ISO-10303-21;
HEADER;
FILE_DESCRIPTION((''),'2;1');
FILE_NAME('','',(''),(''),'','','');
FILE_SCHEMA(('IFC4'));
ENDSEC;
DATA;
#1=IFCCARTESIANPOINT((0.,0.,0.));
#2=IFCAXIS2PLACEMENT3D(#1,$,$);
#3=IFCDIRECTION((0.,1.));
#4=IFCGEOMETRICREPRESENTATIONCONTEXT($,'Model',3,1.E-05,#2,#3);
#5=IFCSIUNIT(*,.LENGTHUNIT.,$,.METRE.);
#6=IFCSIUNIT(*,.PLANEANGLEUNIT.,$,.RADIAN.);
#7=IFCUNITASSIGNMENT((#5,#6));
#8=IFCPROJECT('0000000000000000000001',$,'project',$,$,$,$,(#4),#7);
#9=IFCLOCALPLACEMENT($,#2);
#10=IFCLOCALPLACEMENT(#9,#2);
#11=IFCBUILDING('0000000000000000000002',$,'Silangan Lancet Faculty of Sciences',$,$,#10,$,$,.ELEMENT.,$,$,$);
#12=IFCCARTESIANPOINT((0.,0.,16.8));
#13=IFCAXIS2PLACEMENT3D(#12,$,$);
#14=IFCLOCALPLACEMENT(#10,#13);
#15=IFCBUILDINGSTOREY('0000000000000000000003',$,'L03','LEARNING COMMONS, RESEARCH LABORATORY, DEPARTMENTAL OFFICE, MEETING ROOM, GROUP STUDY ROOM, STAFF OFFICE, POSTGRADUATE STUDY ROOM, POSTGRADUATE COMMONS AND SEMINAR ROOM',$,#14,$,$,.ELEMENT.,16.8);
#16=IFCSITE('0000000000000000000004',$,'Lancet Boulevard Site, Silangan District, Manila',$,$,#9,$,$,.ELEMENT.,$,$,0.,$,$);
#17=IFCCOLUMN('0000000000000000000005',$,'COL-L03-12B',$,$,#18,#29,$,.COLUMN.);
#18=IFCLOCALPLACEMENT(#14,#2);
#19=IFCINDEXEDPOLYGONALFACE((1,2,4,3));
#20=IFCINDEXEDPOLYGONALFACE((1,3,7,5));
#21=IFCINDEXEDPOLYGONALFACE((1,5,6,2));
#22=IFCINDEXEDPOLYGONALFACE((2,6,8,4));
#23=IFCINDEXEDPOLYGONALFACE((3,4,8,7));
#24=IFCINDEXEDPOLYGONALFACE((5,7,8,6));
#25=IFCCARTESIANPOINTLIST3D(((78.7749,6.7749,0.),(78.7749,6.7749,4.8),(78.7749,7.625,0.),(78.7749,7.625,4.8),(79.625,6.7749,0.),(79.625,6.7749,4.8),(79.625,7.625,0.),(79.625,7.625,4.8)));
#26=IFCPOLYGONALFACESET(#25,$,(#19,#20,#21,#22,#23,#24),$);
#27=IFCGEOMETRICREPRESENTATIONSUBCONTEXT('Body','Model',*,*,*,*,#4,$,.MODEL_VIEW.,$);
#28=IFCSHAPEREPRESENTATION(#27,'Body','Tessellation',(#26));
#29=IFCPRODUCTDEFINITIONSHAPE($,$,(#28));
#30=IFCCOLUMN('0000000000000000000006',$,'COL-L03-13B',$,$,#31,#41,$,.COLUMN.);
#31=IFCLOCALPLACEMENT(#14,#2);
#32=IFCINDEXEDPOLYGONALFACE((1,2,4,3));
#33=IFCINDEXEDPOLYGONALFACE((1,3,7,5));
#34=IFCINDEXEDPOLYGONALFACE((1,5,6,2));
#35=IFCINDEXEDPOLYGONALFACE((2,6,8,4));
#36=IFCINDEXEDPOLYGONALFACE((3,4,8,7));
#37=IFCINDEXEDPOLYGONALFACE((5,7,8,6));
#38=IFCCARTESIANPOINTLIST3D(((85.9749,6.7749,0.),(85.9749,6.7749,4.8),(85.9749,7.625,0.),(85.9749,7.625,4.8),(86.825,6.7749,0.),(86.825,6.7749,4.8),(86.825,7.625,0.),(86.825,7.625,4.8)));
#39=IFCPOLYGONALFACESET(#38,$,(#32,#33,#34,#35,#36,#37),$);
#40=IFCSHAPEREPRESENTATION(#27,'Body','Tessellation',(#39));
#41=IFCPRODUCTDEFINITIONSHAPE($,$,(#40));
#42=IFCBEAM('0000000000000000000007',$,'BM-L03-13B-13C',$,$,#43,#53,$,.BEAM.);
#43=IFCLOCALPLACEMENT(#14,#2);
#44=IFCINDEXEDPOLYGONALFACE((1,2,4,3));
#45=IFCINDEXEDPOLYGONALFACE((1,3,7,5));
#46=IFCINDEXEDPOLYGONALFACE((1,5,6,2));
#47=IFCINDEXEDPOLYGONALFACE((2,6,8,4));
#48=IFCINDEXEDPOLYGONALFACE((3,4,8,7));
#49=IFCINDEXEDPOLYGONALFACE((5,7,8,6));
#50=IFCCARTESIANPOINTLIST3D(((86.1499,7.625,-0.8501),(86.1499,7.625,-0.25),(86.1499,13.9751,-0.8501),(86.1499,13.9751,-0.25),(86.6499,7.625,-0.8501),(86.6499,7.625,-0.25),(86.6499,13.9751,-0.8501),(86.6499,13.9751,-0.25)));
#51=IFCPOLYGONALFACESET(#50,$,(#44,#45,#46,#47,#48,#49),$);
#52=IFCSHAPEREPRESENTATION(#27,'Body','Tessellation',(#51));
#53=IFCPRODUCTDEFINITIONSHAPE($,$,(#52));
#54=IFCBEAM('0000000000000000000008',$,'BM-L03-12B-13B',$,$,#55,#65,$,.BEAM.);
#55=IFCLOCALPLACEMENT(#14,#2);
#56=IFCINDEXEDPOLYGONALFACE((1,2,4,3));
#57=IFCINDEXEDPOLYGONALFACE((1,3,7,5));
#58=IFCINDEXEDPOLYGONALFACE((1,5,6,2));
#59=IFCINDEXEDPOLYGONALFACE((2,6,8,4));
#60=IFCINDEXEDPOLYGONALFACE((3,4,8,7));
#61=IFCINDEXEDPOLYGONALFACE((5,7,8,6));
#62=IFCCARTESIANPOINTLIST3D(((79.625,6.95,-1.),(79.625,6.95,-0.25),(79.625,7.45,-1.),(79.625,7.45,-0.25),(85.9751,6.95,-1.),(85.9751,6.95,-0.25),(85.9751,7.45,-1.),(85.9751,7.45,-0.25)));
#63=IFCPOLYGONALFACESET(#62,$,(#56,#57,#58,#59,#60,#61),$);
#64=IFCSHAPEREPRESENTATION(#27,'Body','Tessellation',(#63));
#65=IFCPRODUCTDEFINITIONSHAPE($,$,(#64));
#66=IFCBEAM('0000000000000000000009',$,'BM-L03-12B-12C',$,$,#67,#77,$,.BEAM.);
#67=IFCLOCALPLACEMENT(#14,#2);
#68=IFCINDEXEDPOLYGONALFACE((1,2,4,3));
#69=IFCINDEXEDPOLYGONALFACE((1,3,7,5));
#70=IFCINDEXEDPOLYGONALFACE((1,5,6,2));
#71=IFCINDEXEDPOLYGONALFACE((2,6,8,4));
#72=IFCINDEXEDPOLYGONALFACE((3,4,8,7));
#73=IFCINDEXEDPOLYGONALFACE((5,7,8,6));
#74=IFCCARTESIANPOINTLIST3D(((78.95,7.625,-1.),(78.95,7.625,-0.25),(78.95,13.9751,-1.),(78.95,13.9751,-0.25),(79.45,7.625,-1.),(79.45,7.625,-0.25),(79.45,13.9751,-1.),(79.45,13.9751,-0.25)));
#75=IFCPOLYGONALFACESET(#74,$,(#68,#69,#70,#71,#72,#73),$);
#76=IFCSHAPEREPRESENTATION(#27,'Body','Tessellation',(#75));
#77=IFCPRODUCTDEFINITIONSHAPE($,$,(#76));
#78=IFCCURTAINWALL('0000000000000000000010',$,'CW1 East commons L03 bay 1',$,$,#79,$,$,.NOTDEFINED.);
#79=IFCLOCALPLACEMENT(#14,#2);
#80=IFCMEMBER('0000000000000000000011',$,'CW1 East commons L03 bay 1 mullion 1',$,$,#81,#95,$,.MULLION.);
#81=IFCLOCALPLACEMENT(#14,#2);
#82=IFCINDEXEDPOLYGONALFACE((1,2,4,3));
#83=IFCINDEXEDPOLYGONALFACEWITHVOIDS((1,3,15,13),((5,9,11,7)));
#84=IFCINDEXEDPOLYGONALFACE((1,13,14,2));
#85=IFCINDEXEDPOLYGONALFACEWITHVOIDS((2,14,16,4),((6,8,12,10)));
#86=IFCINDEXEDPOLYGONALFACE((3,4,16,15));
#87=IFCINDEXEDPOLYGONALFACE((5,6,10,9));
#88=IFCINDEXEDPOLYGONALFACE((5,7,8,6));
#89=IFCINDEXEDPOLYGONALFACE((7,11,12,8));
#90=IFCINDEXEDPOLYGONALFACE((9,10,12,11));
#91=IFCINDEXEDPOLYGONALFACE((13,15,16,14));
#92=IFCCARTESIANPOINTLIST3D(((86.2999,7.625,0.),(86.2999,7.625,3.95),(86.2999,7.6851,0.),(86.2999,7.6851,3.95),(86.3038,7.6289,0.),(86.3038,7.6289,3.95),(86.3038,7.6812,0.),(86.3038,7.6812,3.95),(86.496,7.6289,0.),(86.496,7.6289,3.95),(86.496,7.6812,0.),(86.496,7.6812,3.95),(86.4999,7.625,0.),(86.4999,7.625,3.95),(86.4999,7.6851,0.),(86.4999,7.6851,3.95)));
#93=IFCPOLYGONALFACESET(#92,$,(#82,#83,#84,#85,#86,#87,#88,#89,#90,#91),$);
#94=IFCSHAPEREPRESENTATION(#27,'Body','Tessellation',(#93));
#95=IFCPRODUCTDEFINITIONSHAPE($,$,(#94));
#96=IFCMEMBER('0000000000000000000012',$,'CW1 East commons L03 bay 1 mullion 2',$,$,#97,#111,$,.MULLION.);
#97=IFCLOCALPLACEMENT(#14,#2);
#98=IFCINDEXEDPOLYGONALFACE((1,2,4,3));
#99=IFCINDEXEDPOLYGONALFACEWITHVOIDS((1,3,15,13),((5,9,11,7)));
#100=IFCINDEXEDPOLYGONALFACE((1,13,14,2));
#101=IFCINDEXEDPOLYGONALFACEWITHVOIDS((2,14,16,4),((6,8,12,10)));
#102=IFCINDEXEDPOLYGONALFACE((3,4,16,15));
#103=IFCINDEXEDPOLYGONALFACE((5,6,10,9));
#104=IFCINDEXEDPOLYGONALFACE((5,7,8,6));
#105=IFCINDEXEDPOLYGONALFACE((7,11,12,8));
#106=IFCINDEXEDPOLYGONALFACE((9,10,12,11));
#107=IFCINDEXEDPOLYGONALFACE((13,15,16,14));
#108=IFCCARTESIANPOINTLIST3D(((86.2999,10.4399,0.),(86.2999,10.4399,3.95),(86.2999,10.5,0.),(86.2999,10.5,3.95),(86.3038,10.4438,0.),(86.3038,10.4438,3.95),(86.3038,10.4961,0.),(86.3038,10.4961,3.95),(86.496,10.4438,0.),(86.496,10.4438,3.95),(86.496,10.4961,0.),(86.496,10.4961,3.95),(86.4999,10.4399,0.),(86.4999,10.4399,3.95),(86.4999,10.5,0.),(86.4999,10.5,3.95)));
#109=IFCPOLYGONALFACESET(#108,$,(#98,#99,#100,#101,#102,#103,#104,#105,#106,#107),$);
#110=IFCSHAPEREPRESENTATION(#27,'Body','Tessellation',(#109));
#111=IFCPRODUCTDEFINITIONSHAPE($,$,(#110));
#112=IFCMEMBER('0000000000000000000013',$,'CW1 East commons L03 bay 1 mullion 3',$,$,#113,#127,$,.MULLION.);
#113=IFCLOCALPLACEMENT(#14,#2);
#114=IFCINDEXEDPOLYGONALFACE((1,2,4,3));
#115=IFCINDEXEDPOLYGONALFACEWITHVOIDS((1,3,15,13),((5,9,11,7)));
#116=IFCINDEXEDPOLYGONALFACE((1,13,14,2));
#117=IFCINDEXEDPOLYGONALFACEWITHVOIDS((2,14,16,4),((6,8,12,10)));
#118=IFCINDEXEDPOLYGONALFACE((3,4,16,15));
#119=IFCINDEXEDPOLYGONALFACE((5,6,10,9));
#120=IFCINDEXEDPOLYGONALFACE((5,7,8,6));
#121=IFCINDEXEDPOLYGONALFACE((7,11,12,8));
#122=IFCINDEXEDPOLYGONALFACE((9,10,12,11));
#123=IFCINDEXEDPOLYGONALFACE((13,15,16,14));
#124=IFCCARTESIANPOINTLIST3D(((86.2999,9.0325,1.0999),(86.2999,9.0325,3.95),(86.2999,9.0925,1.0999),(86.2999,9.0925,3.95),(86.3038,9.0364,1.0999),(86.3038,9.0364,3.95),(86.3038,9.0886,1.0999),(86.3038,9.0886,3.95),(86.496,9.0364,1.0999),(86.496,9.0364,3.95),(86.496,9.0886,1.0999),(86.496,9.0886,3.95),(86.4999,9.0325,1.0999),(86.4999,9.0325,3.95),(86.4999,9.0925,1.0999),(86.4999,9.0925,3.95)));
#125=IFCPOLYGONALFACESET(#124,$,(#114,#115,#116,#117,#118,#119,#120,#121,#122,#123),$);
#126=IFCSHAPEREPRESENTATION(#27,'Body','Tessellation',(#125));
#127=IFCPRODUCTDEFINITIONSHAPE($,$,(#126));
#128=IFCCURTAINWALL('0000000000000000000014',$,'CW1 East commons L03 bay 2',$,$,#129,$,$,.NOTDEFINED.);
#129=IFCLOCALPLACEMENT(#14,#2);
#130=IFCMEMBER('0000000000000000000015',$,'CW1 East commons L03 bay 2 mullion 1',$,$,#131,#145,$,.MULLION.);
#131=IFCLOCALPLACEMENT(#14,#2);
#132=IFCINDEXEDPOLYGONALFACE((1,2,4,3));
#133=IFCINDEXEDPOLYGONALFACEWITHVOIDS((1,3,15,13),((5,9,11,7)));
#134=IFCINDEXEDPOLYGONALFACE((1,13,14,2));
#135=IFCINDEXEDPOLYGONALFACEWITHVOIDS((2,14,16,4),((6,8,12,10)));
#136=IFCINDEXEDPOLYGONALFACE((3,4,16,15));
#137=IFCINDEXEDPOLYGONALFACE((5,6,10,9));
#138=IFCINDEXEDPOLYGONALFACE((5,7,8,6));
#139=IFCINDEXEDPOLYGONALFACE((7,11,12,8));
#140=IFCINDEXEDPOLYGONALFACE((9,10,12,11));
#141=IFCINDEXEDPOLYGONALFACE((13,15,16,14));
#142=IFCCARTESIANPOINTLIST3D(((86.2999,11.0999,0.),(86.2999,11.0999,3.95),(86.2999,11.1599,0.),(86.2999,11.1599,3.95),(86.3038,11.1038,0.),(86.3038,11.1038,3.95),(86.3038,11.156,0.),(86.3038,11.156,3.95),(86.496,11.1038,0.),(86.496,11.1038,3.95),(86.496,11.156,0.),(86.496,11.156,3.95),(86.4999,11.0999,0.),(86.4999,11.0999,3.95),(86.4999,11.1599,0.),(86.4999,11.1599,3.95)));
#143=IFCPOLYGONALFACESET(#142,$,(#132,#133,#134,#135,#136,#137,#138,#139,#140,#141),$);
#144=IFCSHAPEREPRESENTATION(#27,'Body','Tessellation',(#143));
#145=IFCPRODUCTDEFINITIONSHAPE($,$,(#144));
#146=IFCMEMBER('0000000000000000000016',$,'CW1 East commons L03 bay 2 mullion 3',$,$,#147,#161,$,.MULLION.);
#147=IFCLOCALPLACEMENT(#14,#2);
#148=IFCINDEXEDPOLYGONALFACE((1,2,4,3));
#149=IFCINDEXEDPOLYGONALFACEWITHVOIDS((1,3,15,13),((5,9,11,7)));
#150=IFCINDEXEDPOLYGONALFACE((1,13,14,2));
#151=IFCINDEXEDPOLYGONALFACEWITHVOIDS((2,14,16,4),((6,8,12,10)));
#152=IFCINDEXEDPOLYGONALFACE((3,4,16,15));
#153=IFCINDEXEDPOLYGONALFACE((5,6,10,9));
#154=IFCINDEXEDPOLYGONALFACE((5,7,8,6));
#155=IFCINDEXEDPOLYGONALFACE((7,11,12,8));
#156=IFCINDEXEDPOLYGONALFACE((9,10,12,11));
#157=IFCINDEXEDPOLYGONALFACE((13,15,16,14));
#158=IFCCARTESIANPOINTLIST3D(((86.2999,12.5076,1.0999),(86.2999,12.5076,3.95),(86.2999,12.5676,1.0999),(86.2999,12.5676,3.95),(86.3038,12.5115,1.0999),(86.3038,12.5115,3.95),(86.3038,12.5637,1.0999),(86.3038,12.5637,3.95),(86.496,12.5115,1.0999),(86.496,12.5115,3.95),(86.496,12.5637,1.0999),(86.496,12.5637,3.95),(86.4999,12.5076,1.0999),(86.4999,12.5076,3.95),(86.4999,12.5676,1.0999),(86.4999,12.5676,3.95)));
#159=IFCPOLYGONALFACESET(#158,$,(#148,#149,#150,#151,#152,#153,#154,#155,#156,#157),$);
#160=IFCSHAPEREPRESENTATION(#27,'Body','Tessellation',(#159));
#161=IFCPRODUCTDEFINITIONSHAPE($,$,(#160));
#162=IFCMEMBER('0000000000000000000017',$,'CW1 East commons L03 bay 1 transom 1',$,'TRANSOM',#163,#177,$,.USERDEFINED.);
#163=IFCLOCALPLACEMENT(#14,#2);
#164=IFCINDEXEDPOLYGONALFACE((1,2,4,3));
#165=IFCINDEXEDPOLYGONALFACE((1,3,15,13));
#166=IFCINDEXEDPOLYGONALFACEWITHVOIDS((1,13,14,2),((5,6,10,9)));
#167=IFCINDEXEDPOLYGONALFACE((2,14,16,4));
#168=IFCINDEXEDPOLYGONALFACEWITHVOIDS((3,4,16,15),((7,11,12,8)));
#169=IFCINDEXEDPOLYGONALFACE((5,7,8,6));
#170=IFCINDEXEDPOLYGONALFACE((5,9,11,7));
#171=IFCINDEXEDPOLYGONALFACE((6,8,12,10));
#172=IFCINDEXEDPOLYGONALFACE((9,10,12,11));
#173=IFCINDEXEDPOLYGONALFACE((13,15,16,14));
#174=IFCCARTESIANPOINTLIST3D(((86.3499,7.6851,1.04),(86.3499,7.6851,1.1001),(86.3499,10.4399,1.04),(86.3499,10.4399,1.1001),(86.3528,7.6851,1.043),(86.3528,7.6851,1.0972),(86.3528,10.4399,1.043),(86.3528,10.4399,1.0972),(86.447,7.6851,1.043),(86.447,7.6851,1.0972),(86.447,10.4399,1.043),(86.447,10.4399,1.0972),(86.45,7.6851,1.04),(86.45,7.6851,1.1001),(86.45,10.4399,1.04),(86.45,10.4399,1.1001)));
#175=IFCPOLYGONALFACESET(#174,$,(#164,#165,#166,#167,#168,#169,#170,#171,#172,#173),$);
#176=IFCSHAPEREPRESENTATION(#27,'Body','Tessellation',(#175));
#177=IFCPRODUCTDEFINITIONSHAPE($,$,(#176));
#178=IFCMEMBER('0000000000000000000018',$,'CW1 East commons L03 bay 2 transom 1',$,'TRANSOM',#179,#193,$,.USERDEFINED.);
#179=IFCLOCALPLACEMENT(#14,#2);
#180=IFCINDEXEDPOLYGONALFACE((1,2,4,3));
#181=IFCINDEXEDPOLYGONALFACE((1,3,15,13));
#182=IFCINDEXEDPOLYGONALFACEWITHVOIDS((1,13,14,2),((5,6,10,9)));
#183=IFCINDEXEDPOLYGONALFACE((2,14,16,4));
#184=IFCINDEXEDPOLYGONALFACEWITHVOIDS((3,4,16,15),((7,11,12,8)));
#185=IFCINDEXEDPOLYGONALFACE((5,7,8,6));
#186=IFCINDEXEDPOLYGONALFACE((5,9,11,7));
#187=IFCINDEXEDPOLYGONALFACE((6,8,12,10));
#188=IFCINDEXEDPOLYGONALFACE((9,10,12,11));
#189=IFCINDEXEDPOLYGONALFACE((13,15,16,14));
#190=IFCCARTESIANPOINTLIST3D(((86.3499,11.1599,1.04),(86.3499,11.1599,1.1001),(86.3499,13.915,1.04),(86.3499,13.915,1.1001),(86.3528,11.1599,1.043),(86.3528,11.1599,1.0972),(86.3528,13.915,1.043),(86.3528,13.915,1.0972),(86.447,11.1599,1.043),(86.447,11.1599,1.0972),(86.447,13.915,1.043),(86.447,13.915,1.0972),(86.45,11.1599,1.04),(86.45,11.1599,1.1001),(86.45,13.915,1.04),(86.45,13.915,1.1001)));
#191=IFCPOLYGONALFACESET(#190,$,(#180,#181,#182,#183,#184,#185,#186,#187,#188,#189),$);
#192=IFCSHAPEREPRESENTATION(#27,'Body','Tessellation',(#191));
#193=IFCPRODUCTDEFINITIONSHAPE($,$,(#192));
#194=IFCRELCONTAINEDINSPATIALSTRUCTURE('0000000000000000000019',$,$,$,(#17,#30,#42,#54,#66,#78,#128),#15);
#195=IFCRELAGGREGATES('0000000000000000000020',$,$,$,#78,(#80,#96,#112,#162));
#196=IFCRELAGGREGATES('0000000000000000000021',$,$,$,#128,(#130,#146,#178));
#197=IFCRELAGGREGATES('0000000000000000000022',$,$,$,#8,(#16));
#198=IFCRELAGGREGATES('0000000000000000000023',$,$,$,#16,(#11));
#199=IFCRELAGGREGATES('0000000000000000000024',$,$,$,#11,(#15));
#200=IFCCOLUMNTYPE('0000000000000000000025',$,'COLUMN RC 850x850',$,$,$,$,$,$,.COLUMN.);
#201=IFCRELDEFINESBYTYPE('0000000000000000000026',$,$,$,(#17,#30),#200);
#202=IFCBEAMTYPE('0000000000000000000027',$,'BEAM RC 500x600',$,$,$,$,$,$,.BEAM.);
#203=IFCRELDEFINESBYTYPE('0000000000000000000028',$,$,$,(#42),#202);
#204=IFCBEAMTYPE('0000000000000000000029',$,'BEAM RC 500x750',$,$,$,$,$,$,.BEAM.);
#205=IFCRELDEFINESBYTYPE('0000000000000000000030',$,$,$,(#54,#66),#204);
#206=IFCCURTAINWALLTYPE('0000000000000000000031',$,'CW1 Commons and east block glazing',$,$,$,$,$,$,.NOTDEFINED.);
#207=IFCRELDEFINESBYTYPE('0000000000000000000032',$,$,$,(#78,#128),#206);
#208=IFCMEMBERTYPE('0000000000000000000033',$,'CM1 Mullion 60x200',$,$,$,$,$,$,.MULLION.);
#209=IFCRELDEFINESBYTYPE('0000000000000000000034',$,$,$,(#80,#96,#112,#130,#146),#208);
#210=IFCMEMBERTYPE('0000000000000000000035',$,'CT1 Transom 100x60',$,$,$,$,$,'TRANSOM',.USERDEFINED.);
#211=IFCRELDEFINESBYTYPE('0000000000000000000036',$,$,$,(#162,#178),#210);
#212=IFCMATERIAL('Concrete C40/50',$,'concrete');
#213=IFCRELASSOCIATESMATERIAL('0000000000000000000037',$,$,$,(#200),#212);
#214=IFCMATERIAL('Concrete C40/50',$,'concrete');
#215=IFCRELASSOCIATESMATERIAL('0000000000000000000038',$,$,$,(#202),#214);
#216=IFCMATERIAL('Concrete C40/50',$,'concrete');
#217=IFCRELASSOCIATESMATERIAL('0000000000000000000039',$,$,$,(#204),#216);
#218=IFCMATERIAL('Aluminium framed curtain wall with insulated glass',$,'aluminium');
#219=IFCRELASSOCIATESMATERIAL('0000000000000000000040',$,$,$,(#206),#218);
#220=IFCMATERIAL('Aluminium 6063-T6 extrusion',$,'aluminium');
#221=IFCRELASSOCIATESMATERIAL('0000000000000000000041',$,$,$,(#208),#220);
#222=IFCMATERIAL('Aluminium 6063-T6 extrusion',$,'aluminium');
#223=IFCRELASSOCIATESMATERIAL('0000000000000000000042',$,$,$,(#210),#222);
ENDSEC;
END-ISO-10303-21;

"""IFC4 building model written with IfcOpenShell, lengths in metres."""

from ifc_helpers import new_model, si_unit, direction, frame, origin, origin_2d, place, context, subcontext, project, spatial, rectangle, hollow_rectangle, extrude, material, material_profile, profile_set, type_object, element, aggregate, save


model = new_model("IFC4")

# Units and contexts
model_context = context("Model", 3, precision=1e-05, world=origin(), true_north=direction((0.0, 1.0)))
body_context = subcontext(model_context, "Body", "Model", "MODEL_VIEW")
ifc_project = project(units=[si_unit("LENGTHUNIT", "METRE"), si_unit("PLANEANGLEUNIT", "RADIAN")], contexts=[model_context])

# Site, building, storey
site_placement = place(None, origin())
site = spatial("IfcSite", under=ifc_project, at=site_placement, Name="Lancet Boulevard Site, Silangan District, Manila", CompositionType="ELEMENT", RefElevation=0.0)
building_placement = place(site_placement, origin())
building = spatial("IfcBuilding", under=site, at=building_placement, Name="Silangan Lancet Faculty of Sciences", CompositionType="ELEMENT")
storey_placement = place(building_placement, frame((0.0, 0.0, 16.8)))
storey = spatial("IfcBuildingStorey", under=building, at=storey_placement, Name="L03", Description="LEARNING COMMONS, RESEARCH LABORATORY, DEPARTMENTAL OFFICE, MEETING ROOM, GROUP STUDY ROOM, STAFF OFFICE, POSTGRADUATE STUDY ROOM, POSTGRADUATE COMMONS AND SEMINAR ROOM", CompositionType="ELEMENT", Elevation=16.8)

# Columns
ifc_material_1 = material(Name="Concrete C40/50", Category="concrete")
ifc_material_profile_1 = material_profile(ifc_material_1, rectangle(XDim=0.8501, YDim=0.8501, at=origin_2d()), Name="RC 850x850")
ifc_profile_set_1 = profile_set([ifc_material_profile_1], Name="Concrete C40/50")
column_type = type_object("IfcColumnType", Name="COLUMN RC 850x850", PredefinedType="COLUMN", material=ifc_profile_set_1)
for number, where, z_axis, x_axis, name in (
    (1, (79.2, 7.2, 0.0), (0.0, 0.0, 1.0), (1.0, 0.0, 0.0), "COL-L03-12B"),
    (2, (86.3999, 7.2, 0.0), (0.0, 0.0, 1.0), (1.0, 0.0, 0.0), "COL-L03-13B"),
):
    element("IfcColumn", number, at=place(storey_placement, frame(where, z_axis=z_axis, x_axis=x_axis)), inside=storey, type_object=column_type, Name=name, PredefinedType="COLUMN", context=body_context, shape_type="SweptSolid", body=[
        extrude(rectangle(XDim=0.8501, YDim=0.8501, at=origin_2d()), origin(), (0.0, 0.0, 1.0), 4.8),
    ])

# Beams
ifc_material_2 = material(Name="Concrete C40/50", Category="concrete")
ifc_material_profile_2 = material_profile(ifc_material_2, rectangle(XDim=0.5, YDim=0.6001, at=origin_2d()), Name="RC 500x600")
ifc_profile_set_2 = profile_set([ifc_material_profile_2], Name="Concrete C40/50")
beam_type_1 = type_object("IfcBeamType", Name="BEAM RC 500x600", PredefinedType="BEAM", material=ifc_profile_set_2)
beam_placement = place(storey_placement, frame((86.3999, 7.625, -0.55), z_axis=(0.0, 1.0, 0.0), x_axis=(-1.0, 0.0, 0.0)))
element("IfcBeam", 3, at=beam_placement, inside=storey, type_object=beam_type_1, Name="BM-L03-13B-13C", PredefinedType="BEAM", context=body_context, shape_type="SweptSolid", body=[
    extrude(rectangle(XDim=0.5, YDim=0.6001, at=origin_2d()), origin(), (0.0, 0.0, 1.0), 6.3501),
])
ifc_material_3 = material(Name="Concrete C40/50", Category="concrete")
ifc_material_profile_3 = material_profile(ifc_material_3, rectangle(XDim=0.5, YDim=0.75, at=origin_2d()), Name="RC 500x750")
ifc_profile_set_3 = profile_set([ifc_material_profile_3], Name="Concrete C40/50")
beam_type_2 = type_object("IfcBeamType", Name="BEAM RC 500x750", PredefinedType="BEAM", material=ifc_profile_set_3)
for number, where, z_axis, x_axis, name in (
    (4, (79.625, 7.2, -0.625), (1.0, 0.0, 0.0), (0.0, 1.0, 0.0), "BM-L03-12B-13B"),
    (5, (79.2, 7.625, -0.625), (0.0, 1.0, 0.0), (-1.0, 0.0, 0.0), "BM-L03-12B-12C"),
):
    element("IfcBeam", number, at=place(storey_placement, frame(where, z_axis=z_axis, x_axis=x_axis)), inside=storey, type_object=beam_type_2, Name=name, PredefinedType="BEAM", context=body_context, shape_type="SweptSolid", body=[
        extrude(rectangle(XDim=0.5, YDim=0.75, at=origin_2d()), origin(), (0.0, 0.0, 1.0), 6.3501),
    ])

# Curtain walls, members
ifc_material_4 = material(Name="Aluminium framed curtain wall with insulated glass", Category="aluminium")
curtain_wall_type = type_object("IfcCurtainWallType", Name="CW1 Commons and east block glazing", PredefinedType="NOTDEFINED", material=ifc_material_4)
curtain_wall_1_placement = place(storey_placement, origin())
curtain_wall_1 = element("IfcCurtainWall", 6, at=curtain_wall_1_placement, inside=storey, type_object=curtain_wall_type, Name="CW1 East commons L03 bay 1", PredefinedType="NOTDEFINED")
ifc_material_5 = material(Name="Aluminium 6063-T6 extrusion", Category="aluminium")
ifc_material_profile_4 = material_profile(ifc_material_5, hollow_rectangle(XDim=0.0601, YDim=0.2, WallThickness=0.0039, at=origin_2d()), Name="AL BOX 60x200x4")
ifc_profile_set_4 = profile_set([ifc_material_profile_4], Name="Aluminium 6063-T6 extrusion")
member_type_1 = type_object("IfcMemberType", Name="CM1 Mullion 60x200", PredefinedType="MULLION", material=ifc_profile_set_4)
member_1_placement = place(storey_placement, frame((86.3999, 7.655, 0.0), z_axis=(0.0, 0.0, 1.0), x_axis=(0.0, 1.0, 0.0)))
member_1 = element("IfcMember", 7, at=member_1_placement, type_object=member_type_1, Name="CW1 East commons L03 bay 1 mullion 1", PredefinedType="MULLION", context=body_context, shape_type="SweptSolid", body=[
    extrude(hollow_rectangle(XDim=0.0601, YDim=0.2, WallThickness=0.0039, at=origin_2d()), origin(), (0.0, 0.0, 1.0), 3.95),
])
member_2_placement = place(storey_placement, frame((86.3999, 10.47, 0.0), z_axis=(0.0, 0.0, 1.0), x_axis=(0.0, 1.0, 0.0)))
member_2 = element("IfcMember", 8, at=member_2_placement, type_object=member_type_1, Name="CW1 East commons L03 bay 1 mullion 2", PredefinedType="MULLION", context=body_context, shape_type="SweptSolid", body=[
    extrude(hollow_rectangle(XDim=0.0601, YDim=0.2, WallThickness=0.0039, at=origin_2d()), origin(), (0.0, 0.0, 1.0), 3.95),
])
member_3_placement = place(storey_placement, frame((86.3999, 9.0625, 1.0999), z_axis=(0.0, 0.0, 1.0), x_axis=(0.0, 1.0, 0.0)))
member_3 = element("IfcMember", 9, at=member_3_placement, type_object=member_type_1, Name="CW1 East commons L03 bay 1 mullion 3", PredefinedType="MULLION", context=body_context, shape_type="SweptSolid", body=[
    extrude(hollow_rectangle(XDim=0.0601, YDim=0.2, WallThickness=0.0039, at=origin_2d()), origin(), (0.0, 0.0, 1.0), 2.8501),
])
curtain_wall_2_placement = place(storey_placement, origin())
curtain_wall_2 = element("IfcCurtainWall", 10, at=curtain_wall_2_placement, inside=storey, type_object=curtain_wall_type, Name="CW1 East commons L03 bay 2", PredefinedType="NOTDEFINED")
member_4_placement = place(storey_placement, frame((86.3999, 11.1299, 0.0), z_axis=(0.0, 0.0, 1.0), x_axis=(0.0, 1.0, 0.0)))
member_4 = element("IfcMember", 11, at=member_4_placement, type_object=member_type_1, Name="CW1 East commons L03 bay 2 mullion 1", PredefinedType="MULLION", context=body_context, shape_type="SweptSolid", body=[
    extrude(hollow_rectangle(XDim=0.0601, YDim=0.2, WallThickness=0.0039, at=origin_2d()), origin(), (0.0, 0.0, 1.0), 3.95),
])
member_5_placement = place(storey_placement, frame((86.3999, 12.5376, 1.0999), z_axis=(0.0, 0.0, 1.0), x_axis=(0.0, 1.0, 0.0)))
member_5 = element("IfcMember", 12, at=member_5_placement, type_object=member_type_1, Name="CW1 East commons L03 bay 2 mullion 3", PredefinedType="MULLION", context=body_context, shape_type="SweptSolid", body=[
    extrude(hollow_rectangle(XDim=0.0601, YDim=0.2, WallThickness=0.0039, at=origin_2d()), origin(), (0.0, 0.0, 1.0), 2.8501),
])

# Members
ifc_material_6 = material(Name="Aluminium 6063-T6 extrusion", Category="aluminium")
ifc_material_profile_5 = material_profile(ifc_material_6, hollow_rectangle(XDim=0.1001, YDim=0.0601, WallThickness=0.0029, at=origin_2d()), Name="AL BOX 100x60x3")
ifc_profile_set_5 = profile_set([ifc_material_profile_5], Name="Aluminium 6063-T6 extrusion")
member_type_2 = type_object("IfcMemberType", Name="CT1 Transom 100x60", ElementType="TRANSOM", PredefinedType="USERDEFINED", material=ifc_profile_set_5)
member_6_placement = place(storey_placement, frame((86.3999, 7.6851, 1.0701), z_axis=(0.0, 1.0, 0.0), x_axis=(-1.0, 0.0, 0.0)))
member_6 = element("IfcMember", 13, at=member_6_placement, type_object=member_type_2, Name="CW1 East commons L03 bay 1 transom 1", ObjectType="TRANSOM", PredefinedType="USERDEFINED", context=body_context, shape_type="SweptSolid", body=[
    extrude(hollow_rectangle(XDim=0.1001, YDim=0.0601, WallThickness=0.0029, at=origin_2d()), origin(), (0.0, 0.0, 1.0), 2.7549),
])
member_7_placement = place(storey_placement, frame((86.3999, 11.1599, 1.0701), z_axis=(0.0, 1.0, 0.0), x_axis=(-1.0, 0.0, 0.0)))
member_7 = element("IfcMember", 14, at=member_7_placement, type_object=member_type_2, Name="CW1 East commons L03 bay 2 transom 1", ObjectType="TRANSOM", PredefinedType="USERDEFINED", context=body_context, shape_type="SweptSolid", body=[
    extrude(hollow_rectangle(XDim=0.1001, YDim=0.0601, WallThickness=0.0029, at=origin_2d()), origin(), (0.0, 0.0, 1.0), 2.7551),
])

aggregate(curtain_wall_1, [member_1, member_2, member_3, member_6])
aggregate(curtain_wall_2, [member_4, member_5, member_7])

save(model, "model.ifc")
